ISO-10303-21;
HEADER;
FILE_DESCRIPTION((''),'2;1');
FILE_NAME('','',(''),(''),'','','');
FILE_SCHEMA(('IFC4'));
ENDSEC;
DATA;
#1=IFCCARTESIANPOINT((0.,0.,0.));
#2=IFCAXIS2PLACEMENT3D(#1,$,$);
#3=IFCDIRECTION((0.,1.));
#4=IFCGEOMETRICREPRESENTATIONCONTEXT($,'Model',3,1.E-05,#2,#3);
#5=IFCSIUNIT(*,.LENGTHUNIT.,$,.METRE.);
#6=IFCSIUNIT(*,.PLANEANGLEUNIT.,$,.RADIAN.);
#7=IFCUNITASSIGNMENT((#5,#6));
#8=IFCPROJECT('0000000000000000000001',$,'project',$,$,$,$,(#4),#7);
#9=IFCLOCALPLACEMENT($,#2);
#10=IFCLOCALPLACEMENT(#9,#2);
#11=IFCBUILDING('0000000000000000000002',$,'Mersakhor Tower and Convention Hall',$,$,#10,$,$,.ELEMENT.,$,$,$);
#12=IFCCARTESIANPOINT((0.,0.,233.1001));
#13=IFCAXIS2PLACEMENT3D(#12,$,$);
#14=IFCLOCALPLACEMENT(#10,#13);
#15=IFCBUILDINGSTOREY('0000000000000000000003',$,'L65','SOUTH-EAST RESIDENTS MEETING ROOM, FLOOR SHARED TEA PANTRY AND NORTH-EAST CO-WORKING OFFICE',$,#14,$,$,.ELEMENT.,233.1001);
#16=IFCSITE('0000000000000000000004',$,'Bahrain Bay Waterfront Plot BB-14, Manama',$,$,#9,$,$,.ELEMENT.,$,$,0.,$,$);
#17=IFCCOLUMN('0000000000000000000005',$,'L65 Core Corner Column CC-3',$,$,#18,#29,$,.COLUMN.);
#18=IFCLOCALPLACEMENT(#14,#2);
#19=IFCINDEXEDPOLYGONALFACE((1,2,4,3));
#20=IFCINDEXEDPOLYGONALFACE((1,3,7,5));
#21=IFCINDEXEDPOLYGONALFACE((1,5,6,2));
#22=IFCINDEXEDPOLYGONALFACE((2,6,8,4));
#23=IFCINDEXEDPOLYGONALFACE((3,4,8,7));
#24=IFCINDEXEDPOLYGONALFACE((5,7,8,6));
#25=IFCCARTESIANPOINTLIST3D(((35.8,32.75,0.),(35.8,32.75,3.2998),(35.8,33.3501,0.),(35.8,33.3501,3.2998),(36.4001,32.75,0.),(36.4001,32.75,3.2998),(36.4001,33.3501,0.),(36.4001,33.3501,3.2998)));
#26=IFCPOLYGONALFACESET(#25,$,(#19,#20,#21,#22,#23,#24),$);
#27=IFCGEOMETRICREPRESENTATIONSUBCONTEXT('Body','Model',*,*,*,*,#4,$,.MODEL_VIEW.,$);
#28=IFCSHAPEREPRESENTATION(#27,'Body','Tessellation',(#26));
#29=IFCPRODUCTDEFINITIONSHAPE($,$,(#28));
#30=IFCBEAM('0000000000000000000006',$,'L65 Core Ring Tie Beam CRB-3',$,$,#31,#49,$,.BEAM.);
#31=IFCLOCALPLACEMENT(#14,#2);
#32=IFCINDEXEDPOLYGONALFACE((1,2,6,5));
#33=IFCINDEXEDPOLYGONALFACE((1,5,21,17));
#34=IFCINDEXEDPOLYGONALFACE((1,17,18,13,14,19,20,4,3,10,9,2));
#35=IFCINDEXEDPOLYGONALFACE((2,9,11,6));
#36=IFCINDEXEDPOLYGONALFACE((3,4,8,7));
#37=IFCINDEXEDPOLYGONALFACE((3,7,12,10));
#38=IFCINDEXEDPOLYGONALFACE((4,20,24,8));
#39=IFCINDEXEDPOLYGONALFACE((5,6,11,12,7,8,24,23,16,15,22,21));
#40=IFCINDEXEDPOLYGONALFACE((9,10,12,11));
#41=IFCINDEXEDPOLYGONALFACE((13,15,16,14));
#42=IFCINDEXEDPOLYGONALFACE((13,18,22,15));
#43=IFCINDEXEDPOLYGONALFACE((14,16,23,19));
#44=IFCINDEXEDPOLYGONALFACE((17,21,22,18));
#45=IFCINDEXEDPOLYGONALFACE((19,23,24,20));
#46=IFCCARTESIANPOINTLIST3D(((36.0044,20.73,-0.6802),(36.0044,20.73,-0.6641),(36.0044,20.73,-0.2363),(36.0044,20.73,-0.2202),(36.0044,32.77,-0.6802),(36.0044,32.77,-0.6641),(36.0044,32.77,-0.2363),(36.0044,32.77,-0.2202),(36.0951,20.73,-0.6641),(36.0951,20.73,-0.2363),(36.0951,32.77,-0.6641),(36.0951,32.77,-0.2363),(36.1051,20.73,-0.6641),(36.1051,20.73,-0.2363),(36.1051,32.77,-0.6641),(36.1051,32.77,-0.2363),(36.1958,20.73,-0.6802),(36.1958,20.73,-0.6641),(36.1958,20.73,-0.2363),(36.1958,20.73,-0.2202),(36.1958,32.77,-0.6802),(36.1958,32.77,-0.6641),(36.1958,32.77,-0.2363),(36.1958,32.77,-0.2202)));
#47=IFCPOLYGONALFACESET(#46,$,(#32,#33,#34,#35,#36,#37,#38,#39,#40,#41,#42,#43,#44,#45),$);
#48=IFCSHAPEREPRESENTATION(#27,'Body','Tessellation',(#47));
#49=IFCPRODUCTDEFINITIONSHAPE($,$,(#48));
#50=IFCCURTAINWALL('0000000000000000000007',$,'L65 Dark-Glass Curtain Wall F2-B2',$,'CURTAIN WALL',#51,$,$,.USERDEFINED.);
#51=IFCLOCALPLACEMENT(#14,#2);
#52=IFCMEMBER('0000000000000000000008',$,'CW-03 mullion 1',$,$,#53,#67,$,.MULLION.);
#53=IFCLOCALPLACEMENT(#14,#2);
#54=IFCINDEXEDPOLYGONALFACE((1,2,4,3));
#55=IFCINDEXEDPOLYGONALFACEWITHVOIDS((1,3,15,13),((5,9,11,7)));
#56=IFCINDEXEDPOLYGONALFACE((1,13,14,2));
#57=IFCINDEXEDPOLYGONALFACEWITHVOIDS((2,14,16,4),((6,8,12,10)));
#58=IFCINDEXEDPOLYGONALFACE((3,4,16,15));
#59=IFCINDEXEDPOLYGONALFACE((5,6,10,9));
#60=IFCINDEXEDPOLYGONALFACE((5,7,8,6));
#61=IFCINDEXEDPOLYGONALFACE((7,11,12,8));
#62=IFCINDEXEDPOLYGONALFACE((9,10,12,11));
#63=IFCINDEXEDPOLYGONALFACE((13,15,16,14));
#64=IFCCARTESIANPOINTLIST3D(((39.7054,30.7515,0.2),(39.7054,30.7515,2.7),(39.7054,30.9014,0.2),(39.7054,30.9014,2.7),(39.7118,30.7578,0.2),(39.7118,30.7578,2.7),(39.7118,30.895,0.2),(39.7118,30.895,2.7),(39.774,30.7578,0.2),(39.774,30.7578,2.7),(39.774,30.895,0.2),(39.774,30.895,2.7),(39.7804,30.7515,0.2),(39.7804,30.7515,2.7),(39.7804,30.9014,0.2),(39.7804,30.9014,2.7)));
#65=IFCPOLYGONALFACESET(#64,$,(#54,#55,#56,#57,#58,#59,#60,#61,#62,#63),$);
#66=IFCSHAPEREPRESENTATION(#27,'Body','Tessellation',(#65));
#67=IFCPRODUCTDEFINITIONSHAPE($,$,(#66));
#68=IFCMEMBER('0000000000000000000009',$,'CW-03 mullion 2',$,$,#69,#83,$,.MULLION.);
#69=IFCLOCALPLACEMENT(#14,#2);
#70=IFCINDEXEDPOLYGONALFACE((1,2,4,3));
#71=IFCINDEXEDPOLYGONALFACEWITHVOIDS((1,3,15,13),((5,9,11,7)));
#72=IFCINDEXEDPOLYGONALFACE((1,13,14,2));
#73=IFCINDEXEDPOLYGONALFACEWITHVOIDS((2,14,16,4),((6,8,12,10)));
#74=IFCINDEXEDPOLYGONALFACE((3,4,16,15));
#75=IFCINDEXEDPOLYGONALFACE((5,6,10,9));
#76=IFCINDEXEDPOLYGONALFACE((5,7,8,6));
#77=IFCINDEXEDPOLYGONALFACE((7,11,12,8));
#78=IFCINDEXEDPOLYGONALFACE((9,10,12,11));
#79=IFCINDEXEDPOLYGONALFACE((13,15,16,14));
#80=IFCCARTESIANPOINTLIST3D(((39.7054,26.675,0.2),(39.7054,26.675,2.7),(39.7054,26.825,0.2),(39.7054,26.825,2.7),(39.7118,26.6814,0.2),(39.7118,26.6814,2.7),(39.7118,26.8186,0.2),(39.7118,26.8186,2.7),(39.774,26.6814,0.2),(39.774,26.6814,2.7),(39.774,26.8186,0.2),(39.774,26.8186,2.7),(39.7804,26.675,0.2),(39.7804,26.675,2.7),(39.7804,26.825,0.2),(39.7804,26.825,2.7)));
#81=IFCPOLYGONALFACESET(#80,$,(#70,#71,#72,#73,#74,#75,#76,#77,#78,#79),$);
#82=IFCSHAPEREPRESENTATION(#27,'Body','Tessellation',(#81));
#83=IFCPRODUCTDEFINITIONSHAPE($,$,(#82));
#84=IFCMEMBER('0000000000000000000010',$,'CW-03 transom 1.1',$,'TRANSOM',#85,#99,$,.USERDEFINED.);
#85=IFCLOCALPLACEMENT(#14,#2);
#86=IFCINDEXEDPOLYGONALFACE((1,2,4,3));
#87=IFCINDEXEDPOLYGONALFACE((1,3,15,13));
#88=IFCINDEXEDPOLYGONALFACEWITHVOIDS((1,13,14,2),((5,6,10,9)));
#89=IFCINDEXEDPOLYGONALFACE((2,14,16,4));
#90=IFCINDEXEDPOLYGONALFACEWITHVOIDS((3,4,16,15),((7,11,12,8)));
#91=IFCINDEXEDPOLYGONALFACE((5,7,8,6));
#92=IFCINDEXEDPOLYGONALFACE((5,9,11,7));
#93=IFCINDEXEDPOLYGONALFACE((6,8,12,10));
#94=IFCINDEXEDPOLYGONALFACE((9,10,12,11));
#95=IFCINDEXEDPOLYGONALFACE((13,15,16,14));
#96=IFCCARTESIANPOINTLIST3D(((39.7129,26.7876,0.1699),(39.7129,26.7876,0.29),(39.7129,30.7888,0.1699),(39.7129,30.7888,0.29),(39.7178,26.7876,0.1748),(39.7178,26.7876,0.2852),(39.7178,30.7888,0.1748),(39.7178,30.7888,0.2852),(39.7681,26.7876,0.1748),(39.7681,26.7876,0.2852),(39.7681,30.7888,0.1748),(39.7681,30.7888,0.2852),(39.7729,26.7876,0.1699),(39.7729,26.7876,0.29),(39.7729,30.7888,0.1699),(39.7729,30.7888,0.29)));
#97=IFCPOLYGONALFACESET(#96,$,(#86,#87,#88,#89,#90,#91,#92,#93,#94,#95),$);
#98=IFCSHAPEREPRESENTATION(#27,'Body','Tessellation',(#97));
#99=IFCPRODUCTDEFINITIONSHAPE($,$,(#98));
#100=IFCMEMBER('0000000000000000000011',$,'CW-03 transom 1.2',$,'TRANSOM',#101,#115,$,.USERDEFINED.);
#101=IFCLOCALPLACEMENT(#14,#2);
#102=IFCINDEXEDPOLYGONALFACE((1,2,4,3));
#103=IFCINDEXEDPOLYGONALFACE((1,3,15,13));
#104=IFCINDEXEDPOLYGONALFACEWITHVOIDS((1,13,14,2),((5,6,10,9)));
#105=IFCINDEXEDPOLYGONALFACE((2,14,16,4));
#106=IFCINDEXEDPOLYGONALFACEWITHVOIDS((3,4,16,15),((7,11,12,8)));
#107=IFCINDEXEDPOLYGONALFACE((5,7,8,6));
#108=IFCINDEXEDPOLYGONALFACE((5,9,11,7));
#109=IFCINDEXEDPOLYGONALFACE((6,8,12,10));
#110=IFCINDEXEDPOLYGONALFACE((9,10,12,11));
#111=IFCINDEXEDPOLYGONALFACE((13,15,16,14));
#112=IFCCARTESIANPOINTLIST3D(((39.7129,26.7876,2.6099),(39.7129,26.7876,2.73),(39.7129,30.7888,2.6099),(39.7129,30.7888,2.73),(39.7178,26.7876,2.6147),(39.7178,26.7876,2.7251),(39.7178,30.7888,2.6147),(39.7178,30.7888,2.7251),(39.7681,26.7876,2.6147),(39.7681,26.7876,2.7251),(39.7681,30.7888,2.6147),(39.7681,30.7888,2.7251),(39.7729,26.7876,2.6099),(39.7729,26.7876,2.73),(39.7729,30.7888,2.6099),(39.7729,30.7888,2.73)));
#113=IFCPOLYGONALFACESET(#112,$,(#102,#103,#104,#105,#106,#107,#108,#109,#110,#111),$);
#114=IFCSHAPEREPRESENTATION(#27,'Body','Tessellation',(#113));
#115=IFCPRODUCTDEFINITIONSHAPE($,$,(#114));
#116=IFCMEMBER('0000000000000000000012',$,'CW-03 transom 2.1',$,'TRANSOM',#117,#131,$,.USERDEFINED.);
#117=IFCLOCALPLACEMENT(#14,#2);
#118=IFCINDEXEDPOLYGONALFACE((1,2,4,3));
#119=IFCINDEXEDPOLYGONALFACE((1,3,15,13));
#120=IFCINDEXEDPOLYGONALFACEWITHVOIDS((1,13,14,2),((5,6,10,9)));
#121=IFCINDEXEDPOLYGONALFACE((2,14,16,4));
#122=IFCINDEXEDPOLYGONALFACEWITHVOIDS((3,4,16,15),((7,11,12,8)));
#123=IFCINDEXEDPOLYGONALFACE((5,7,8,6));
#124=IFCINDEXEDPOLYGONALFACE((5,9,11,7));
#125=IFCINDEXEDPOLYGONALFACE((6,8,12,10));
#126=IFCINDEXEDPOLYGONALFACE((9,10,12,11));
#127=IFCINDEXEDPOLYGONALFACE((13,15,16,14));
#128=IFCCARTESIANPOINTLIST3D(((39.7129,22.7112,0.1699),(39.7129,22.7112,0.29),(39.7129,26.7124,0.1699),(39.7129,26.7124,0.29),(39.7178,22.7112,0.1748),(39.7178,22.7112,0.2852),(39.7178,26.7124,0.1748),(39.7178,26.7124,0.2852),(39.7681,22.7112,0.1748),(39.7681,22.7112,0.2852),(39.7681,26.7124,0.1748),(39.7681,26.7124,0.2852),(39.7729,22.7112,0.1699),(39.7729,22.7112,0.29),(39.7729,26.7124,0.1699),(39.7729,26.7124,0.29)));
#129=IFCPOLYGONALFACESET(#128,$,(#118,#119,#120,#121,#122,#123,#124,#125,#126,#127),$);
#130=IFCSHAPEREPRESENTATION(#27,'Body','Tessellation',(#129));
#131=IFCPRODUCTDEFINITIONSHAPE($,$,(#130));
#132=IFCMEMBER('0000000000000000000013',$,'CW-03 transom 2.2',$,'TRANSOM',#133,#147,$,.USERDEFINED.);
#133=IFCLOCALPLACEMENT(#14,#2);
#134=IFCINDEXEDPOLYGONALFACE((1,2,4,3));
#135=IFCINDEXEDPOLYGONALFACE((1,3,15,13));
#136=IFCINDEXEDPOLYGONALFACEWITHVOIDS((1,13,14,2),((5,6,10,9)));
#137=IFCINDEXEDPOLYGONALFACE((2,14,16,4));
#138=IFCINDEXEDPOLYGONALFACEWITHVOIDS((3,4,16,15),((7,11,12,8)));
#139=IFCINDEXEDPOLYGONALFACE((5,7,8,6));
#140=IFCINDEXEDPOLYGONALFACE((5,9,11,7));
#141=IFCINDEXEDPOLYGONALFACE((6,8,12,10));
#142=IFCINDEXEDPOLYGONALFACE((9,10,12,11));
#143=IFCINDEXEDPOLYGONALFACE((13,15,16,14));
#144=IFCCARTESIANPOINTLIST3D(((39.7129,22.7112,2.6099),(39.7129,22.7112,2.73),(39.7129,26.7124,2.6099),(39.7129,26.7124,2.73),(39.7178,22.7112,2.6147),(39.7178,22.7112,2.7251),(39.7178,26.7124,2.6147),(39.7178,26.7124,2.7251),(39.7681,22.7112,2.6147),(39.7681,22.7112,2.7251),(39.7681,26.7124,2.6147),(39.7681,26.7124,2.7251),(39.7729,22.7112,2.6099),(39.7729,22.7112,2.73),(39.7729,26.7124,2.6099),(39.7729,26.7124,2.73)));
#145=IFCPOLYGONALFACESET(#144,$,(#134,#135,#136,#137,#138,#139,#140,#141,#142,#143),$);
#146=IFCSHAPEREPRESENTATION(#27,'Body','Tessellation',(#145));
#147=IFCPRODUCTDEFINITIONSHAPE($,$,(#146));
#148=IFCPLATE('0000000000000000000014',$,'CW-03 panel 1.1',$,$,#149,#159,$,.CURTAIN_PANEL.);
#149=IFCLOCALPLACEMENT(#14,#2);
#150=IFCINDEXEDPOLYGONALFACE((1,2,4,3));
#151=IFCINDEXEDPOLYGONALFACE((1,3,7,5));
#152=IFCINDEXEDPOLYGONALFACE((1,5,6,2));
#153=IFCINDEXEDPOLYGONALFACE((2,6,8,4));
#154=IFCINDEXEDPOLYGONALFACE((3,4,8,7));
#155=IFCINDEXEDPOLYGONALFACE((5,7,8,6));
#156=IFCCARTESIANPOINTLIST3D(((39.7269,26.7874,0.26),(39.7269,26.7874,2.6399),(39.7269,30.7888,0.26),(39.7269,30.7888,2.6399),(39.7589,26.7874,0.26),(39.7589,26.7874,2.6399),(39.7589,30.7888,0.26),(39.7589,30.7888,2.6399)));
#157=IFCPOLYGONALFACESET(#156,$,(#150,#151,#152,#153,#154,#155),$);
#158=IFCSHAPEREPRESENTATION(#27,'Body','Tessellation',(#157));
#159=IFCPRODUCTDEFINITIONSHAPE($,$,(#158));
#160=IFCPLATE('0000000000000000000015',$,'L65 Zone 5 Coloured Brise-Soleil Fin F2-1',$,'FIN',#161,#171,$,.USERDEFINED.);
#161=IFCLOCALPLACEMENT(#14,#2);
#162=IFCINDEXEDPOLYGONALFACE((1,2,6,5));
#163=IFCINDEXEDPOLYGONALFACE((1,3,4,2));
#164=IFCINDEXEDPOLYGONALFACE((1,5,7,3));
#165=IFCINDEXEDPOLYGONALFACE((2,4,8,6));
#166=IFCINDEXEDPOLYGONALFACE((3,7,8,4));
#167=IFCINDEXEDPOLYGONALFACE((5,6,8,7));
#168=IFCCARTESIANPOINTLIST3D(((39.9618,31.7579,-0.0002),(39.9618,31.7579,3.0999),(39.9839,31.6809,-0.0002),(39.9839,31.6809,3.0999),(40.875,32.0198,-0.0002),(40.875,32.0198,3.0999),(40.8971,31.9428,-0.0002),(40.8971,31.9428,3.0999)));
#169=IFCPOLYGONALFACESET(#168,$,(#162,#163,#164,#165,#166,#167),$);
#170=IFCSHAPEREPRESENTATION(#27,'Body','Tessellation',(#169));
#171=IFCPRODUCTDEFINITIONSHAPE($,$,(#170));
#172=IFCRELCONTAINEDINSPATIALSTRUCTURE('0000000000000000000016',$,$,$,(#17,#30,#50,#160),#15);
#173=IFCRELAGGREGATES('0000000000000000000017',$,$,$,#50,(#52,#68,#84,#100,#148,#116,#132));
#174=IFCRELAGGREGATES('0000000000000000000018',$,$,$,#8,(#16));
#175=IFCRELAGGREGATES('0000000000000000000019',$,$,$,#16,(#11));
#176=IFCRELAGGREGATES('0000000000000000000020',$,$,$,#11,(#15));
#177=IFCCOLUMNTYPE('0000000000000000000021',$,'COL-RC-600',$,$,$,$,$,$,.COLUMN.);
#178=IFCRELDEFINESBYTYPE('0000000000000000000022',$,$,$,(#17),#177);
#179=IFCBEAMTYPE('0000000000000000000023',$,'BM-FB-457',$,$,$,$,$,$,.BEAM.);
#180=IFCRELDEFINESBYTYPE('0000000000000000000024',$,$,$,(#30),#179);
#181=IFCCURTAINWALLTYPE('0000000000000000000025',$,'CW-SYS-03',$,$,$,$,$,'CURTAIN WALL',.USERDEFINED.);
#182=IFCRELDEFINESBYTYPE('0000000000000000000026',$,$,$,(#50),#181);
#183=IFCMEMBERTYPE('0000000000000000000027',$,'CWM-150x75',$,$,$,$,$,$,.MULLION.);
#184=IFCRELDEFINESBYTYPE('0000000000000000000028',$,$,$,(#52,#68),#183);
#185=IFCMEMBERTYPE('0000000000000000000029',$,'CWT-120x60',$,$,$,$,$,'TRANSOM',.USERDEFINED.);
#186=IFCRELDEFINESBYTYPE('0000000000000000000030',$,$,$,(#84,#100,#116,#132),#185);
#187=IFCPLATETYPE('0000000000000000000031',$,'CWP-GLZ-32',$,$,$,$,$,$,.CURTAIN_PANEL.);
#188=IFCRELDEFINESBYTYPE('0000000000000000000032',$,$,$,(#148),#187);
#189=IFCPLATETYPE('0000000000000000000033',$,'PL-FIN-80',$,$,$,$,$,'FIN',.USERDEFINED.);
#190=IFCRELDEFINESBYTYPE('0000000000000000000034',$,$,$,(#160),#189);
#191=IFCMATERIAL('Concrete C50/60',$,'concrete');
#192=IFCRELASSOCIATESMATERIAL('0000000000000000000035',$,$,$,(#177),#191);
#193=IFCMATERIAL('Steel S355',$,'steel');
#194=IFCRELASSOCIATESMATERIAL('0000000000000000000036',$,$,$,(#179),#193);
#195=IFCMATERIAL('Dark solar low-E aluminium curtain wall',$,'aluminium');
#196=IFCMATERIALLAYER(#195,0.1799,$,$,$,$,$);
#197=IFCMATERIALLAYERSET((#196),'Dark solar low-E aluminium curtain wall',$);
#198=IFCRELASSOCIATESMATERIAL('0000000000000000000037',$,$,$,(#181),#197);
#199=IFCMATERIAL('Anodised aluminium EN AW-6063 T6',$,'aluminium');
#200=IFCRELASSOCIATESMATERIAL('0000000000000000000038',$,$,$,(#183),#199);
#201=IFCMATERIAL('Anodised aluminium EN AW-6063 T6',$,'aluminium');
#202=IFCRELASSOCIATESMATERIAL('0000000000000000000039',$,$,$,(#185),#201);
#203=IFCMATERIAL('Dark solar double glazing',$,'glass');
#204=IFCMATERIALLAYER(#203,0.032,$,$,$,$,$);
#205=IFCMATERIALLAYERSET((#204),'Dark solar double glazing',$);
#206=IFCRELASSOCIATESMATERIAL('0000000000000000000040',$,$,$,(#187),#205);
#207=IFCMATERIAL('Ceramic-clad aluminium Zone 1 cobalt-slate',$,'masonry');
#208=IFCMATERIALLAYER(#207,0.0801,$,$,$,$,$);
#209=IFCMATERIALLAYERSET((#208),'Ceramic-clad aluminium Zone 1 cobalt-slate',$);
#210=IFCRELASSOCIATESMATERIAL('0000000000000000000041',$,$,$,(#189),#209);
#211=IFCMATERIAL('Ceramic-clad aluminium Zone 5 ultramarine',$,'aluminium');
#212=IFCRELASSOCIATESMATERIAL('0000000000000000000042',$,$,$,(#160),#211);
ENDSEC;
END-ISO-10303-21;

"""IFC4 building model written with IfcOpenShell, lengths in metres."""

from ifc_helpers import new_model, si_unit, direction, frame, origin, origin_2d, place, context, subcontext, project, spatial, rectangle, hollow_rectangle, i_section, extrude, material, layer, layer_set, material_profile, profile_set, type_object, element, aggregate, save


model = new_model("IFC4")

# Units and contexts
model_context = context("Model", 3, precision=1e-05, world=origin(), true_north=direction((0.0, 1.0)))
body_context = subcontext(model_context, "Body", "Model", "MODEL_VIEW")
ifc_project = project(units=[si_unit("LENGTHUNIT", "METRE"), si_unit("PLANEANGLEUNIT", "RADIAN")], contexts=[model_context])

# Site, building, storey
site_placement = place(None, origin())
site = spatial("IfcSite", under=ifc_project, at=site_placement, Name="Bahrain Bay Waterfront Plot BB-14, Manama", CompositionType="ELEMENT", RefElevation=0.0)
building_placement = place(site_placement, origin())
building = spatial("IfcBuilding", under=site, at=building_placement, Name="Mersakhor Tower and Convention Hall", CompositionType="ELEMENT")
storey_placement = place(building_placement, frame((0.0, 0.0, 233.1001)))
storey = spatial("IfcBuildingStorey", under=building, at=storey_placement, Name="L65", Description="SOUTH-EAST RESIDENTS MEETING ROOM, FLOOR SHARED TEA PANTRY AND NORTH-EAST CO-WORKING OFFICE", CompositionType="ELEMENT", Elevation=233.1001)

# Column
ifc_material_1 = material(Name="Concrete C50/60", Category="concrete")
ifc_material_profile_1 = material_profile(ifc_material_1, rectangle(XDim=0.6001, YDim=0.6001, at=origin_2d()), Name="RC 600x600")
ifc_profile_set_1 = profile_set([ifc_material_profile_1], Name="Concrete C50/60")
column_type = type_object("IfcColumnType", Name="COL-RC-600", PredefinedType="COLUMN", material=ifc_profile_set_1)
column_placement = place(storey_placement, frame((36.1001, 33.05, 0.0), z_axis=(0.0, 0.0, 1.0), x_axis=(1.0, 0.0, 0.0)))
element("IfcColumn", 1, at=column_placement, inside=storey, type_object=column_type, Name="L65 Core Corner Column CC-3", PredefinedType="COLUMN", context=body_context, shape_type="SweptSolid", body=[
    extrude(rectangle(XDim=0.6001, YDim=0.6001, at=origin_2d()), origin(), (0.0, 0.0, 1.0), 3.2998),
])

# Beam
ifc_material_2 = material(Name="Steel S355", Category="steel")
ifc_material_profile_2 = material_profile(ifc_material_2, i_section(OverallWidth=0.1914, OverallDepth=0.46, WebThickness=0.01, FlangeThickness=0.0161, at=origin_2d()), Name="UB 457x191x82")
ifc_profile_set_2 = profile_set([ifc_material_profile_2], Name="Steel S355")
beam_type = type_object("IfcBeamType", Name="BM-FB-457", PredefinedType="BEAM", material=ifc_profile_set_2)
beam_placement = place(storey_placement, frame((36.1001, 32.77, -0.4502), z_axis=(0.0, -1.0, 0.0), x_axis=(1.0, 0.0, 0.0)))
element("IfcBeam", 2, at=beam_placement, inside=storey, type_object=beam_type, Name="L65 Core Ring Tie Beam CRB-3", PredefinedType="BEAM", context=body_context, shape_type="SweptSolid", body=[
    extrude(i_section(OverallWidth=0.1914, OverallDepth=0.46, WebThickness=0.01, FlangeThickness=0.0161, at=origin_2d()), origin(), (0.0, 0.0, 1.0), 12.04),
])

# Curtain wall, members, plate
ifc_material_3 = material(Name="Dark solar low-E aluminium curtain wall", Category="aluminium")
ifc_layer_1 = layer(ifc_material_3, 0.1799)
ifc_layer_set_1 = layer_set([ifc_layer_1], Name="Dark solar low-E aluminium curtain wall")
curtain_wall_type = type_object("IfcCurtainWallType", Name="CW-SYS-03", ElementType="CURTAIN WALL", PredefinedType="USERDEFINED", material=ifc_layer_set_1)
curtain_wall_placement = place(storey_placement, origin())
curtain_wall = element("IfcCurtainWall", 3, at=curtain_wall_placement, inside=storey, type_object=curtain_wall_type, Name="L65 Dark-Glass Curtain Wall F2-B2", ObjectType="CURTAIN WALL", PredefinedType="USERDEFINED")
ifc_material_4 = material(Name="Anodised aluminium EN AW-6063 T6", Category="aluminium")
ifc_material_profile_3 = material_profile(ifc_material_4, hollow_rectangle(XDim=0.075, YDim=0.1499, WallThickness=0.0063, at=origin_2d()), Name="RHS 150x75x6.3")
ifc_profile_set_3 = profile_set([ifc_material_profile_3], Name="Anodised aluminium EN AW-6063 T6")
member_type_1 = type_object("IfcMemberType", Name="CWM-150x75", PredefinedType="MULLION", material=ifc_profile_set_3)
member_1_placement = place(storey_placement, frame((39.7429, 30.8264, 0.2), z_axis=(0.0, 0.0, 1.0), x_axis=(1.0, 0.0, 0.0)))
member_1 = element("IfcMember", 4, at=member_1_placement, type_object=member_type_1, Name="CW-03 mullion 1", PredefinedType="MULLION", context=body_context, shape_type="SweptSolid", body=[
    extrude(hollow_rectangle(XDim=0.075, YDim=0.1499, WallThickness=0.0063, at=origin_2d()), origin(), (0.0, 0.0, 1.0), 2.5),
])
member_2_placement = place(storey_placement, frame((39.7429, 26.75, 0.2), z_axis=(0.0, 0.0, 1.0), x_axis=(1.0, 0.0, 0.0)))
member_2 = element("IfcMember", 5, at=member_2_placement, type_object=member_type_1, Name="CW-03 mullion 2", PredefinedType="MULLION", context=body_context, shape_type="SweptSolid", body=[
    extrude(hollow_rectangle(XDim=0.075, YDim=0.1499, WallThickness=0.0063, at=origin_2d()), origin(), (0.0, 0.0, 1.0), 2.5),
])
ifc_material_5 = material(Name="Anodised aluminium EN AW-6063 T6", Category="aluminium")
ifc_material_profile_4 = material_profile(ifc_material_5, hollow_rectangle(XDim=0.0601, YDim=0.1201, WallThickness=0.0049, at=origin_2d()), Name="RHS 120x60x5")
ifc_profile_set_4 = profile_set([ifc_material_profile_4], Name="Anodised aluminium EN AW-6063 T6")
member_type_2 = type_object("IfcMemberType", Name="CWT-120x60", ElementType="TRANSOM", PredefinedType="USERDEFINED", material=ifc_profile_set_4)
member_3_placement = place(storey_placement, frame((39.7429, 30.7888, 0.23), z_axis=(0.0, -1.0, 0.0), x_axis=(1.0, 0.0, 0.0)))
member_3 = element("IfcMember", 6, at=member_3_placement, type_object=member_type_2, Name="CW-03 transom 1.1", ObjectType="TRANSOM", PredefinedType="USERDEFINED", context=body_context, shape_type="SweptSolid", body=[
    extrude(hollow_rectangle(XDim=0.0601, YDim=0.1201, WallThickness=0.0049, at=origin_2d()), origin(), (0.0, 0.0, 1.0), 4.0012),
])
member_4_placement = place(storey_placement, frame((39.7429, 30.7888, 2.6699), z_axis=(0.0, -1.0, 0.0), x_axis=(1.0, 0.0, 0.0)))
member_4 = element("IfcMember", 7, at=member_4_placement, type_object=member_type_2, Name="CW-03 transom 1.2", ObjectType="TRANSOM", PredefinedType="USERDEFINED", context=body_context, shape_type="SweptSolid", body=[
    extrude(hollow_rectangle(XDim=0.0601, YDim=0.1201, WallThickness=0.0049, at=origin_2d()), origin(), (0.0, 0.0, 1.0), 4.0012),
])
member_5_placement = place(storey_placement, frame((39.7429, 26.7124, 0.23), z_axis=(0.0, -1.0, 0.0), x_axis=(1.0, 0.0, 0.0)))
member_5 = element("IfcMember", 8, at=member_5_placement, type_object=member_type_2, Name="CW-03 transom 2.1", ObjectType="TRANSOM", PredefinedType="USERDEFINED", context=body_context, shape_type="SweptSolid", body=[
    extrude(hollow_rectangle(XDim=0.0601, YDim=0.1201, WallThickness=0.0049, at=origin_2d()), origin(), (0.0, 0.0, 1.0), 4.0012),
])
member_6_placement = place(storey_placement, frame((39.7429, 26.7124, 2.6699), z_axis=(0.0, -1.0, 0.0), x_axis=(1.0, 0.0, 0.0)))
member_6 = element("IfcMember", 9, at=member_6_placement, type_object=member_type_2, Name="CW-03 transom 2.2", ObjectType="TRANSOM", PredefinedType="USERDEFINED", context=body_context, shape_type="SweptSolid", body=[
    extrude(hollow_rectangle(XDim=0.0601, YDim=0.1201, WallThickness=0.0049, at=origin_2d()), origin(), (0.0, 0.0, 1.0), 4.0012),
])
ifc_material_6 = material(Name="Dark solar double glazing", Category="glass")
ifc_layer_2 = layer(ifc_material_6, 0.032)
ifc_layer_set_2 = layer_set([ifc_layer_2], Name="Dark solar double glazing")
plate_type_1 = type_object("IfcPlateType", Name="CWP-GLZ-32", PredefinedType="CURTAIN_PANEL", material=ifc_layer_set_2)
plate_1_placement = place(storey_placement, frame((39.7429, 28.7881, 0.26), z_axis=(0.0, 0.0, 1.0), x_axis=(0.0, -1.0, 0.0)))
plate_1 = element("IfcPlate", 10, at=plate_1_placement, type_object=plate_type_1, Name="CW-03 panel 1.1", PredefinedType="CURTAIN_PANEL", context=body_context, shape_type="SweptSolid", body=[
    extrude(rectangle(XDim=4.0015, YDim=0.032, at=origin_2d()), origin(), (0.0, 0.0, 1.0), 2.3799),
])
aggregate(curtain_wall, [member_1, member_2, member_3, member_4, plate_1, member_5, member_6])

# Plate
ifc_material_7 = material(Name="Ceramic-clad aluminium Zone 5 ultramarine", Category="aluminium")
ifc_material_8 = material(Name="Ceramic-clad aluminium Zone 1 cobalt-slate", Category="masonry")
ifc_layer_3 = layer(ifc_material_8, 0.0801)
ifc_layer_set_3 = layer_set([ifc_layer_3], Name="Ceramic-clad aluminium Zone 1 cobalt-slate")
plate_type_2 = type_object("IfcPlateType", Name="PL-FIN-80", ElementType="FIN", PredefinedType="USERDEFINED", material=ifc_layer_set_3)
plate_2_placement = place(storey_placement, frame((40.4294, 31.8503, -0.0002), z_axis=(0.0, 0.0, 1.0), x_axis=(0.961262, 0.275637, 0.0)))
element("IfcPlate", 11, at=plate_2_placement, inside=storey, type_object=plate_type_2, material=ifc_material_7, Name="L65 Zone 5 Coloured Brise-Soleil Fin F2-1", ObjectType="FIN", PredefinedType="USERDEFINED", context=body_context, shape_type="SweptSolid", body=[
    extrude(rectangle(XDim=0.95, YDim=0.0801, at=origin_2d()), origin(), (0.0, 0.0, 1.0), 3.1001),
])

save(model, "model.ifc")
